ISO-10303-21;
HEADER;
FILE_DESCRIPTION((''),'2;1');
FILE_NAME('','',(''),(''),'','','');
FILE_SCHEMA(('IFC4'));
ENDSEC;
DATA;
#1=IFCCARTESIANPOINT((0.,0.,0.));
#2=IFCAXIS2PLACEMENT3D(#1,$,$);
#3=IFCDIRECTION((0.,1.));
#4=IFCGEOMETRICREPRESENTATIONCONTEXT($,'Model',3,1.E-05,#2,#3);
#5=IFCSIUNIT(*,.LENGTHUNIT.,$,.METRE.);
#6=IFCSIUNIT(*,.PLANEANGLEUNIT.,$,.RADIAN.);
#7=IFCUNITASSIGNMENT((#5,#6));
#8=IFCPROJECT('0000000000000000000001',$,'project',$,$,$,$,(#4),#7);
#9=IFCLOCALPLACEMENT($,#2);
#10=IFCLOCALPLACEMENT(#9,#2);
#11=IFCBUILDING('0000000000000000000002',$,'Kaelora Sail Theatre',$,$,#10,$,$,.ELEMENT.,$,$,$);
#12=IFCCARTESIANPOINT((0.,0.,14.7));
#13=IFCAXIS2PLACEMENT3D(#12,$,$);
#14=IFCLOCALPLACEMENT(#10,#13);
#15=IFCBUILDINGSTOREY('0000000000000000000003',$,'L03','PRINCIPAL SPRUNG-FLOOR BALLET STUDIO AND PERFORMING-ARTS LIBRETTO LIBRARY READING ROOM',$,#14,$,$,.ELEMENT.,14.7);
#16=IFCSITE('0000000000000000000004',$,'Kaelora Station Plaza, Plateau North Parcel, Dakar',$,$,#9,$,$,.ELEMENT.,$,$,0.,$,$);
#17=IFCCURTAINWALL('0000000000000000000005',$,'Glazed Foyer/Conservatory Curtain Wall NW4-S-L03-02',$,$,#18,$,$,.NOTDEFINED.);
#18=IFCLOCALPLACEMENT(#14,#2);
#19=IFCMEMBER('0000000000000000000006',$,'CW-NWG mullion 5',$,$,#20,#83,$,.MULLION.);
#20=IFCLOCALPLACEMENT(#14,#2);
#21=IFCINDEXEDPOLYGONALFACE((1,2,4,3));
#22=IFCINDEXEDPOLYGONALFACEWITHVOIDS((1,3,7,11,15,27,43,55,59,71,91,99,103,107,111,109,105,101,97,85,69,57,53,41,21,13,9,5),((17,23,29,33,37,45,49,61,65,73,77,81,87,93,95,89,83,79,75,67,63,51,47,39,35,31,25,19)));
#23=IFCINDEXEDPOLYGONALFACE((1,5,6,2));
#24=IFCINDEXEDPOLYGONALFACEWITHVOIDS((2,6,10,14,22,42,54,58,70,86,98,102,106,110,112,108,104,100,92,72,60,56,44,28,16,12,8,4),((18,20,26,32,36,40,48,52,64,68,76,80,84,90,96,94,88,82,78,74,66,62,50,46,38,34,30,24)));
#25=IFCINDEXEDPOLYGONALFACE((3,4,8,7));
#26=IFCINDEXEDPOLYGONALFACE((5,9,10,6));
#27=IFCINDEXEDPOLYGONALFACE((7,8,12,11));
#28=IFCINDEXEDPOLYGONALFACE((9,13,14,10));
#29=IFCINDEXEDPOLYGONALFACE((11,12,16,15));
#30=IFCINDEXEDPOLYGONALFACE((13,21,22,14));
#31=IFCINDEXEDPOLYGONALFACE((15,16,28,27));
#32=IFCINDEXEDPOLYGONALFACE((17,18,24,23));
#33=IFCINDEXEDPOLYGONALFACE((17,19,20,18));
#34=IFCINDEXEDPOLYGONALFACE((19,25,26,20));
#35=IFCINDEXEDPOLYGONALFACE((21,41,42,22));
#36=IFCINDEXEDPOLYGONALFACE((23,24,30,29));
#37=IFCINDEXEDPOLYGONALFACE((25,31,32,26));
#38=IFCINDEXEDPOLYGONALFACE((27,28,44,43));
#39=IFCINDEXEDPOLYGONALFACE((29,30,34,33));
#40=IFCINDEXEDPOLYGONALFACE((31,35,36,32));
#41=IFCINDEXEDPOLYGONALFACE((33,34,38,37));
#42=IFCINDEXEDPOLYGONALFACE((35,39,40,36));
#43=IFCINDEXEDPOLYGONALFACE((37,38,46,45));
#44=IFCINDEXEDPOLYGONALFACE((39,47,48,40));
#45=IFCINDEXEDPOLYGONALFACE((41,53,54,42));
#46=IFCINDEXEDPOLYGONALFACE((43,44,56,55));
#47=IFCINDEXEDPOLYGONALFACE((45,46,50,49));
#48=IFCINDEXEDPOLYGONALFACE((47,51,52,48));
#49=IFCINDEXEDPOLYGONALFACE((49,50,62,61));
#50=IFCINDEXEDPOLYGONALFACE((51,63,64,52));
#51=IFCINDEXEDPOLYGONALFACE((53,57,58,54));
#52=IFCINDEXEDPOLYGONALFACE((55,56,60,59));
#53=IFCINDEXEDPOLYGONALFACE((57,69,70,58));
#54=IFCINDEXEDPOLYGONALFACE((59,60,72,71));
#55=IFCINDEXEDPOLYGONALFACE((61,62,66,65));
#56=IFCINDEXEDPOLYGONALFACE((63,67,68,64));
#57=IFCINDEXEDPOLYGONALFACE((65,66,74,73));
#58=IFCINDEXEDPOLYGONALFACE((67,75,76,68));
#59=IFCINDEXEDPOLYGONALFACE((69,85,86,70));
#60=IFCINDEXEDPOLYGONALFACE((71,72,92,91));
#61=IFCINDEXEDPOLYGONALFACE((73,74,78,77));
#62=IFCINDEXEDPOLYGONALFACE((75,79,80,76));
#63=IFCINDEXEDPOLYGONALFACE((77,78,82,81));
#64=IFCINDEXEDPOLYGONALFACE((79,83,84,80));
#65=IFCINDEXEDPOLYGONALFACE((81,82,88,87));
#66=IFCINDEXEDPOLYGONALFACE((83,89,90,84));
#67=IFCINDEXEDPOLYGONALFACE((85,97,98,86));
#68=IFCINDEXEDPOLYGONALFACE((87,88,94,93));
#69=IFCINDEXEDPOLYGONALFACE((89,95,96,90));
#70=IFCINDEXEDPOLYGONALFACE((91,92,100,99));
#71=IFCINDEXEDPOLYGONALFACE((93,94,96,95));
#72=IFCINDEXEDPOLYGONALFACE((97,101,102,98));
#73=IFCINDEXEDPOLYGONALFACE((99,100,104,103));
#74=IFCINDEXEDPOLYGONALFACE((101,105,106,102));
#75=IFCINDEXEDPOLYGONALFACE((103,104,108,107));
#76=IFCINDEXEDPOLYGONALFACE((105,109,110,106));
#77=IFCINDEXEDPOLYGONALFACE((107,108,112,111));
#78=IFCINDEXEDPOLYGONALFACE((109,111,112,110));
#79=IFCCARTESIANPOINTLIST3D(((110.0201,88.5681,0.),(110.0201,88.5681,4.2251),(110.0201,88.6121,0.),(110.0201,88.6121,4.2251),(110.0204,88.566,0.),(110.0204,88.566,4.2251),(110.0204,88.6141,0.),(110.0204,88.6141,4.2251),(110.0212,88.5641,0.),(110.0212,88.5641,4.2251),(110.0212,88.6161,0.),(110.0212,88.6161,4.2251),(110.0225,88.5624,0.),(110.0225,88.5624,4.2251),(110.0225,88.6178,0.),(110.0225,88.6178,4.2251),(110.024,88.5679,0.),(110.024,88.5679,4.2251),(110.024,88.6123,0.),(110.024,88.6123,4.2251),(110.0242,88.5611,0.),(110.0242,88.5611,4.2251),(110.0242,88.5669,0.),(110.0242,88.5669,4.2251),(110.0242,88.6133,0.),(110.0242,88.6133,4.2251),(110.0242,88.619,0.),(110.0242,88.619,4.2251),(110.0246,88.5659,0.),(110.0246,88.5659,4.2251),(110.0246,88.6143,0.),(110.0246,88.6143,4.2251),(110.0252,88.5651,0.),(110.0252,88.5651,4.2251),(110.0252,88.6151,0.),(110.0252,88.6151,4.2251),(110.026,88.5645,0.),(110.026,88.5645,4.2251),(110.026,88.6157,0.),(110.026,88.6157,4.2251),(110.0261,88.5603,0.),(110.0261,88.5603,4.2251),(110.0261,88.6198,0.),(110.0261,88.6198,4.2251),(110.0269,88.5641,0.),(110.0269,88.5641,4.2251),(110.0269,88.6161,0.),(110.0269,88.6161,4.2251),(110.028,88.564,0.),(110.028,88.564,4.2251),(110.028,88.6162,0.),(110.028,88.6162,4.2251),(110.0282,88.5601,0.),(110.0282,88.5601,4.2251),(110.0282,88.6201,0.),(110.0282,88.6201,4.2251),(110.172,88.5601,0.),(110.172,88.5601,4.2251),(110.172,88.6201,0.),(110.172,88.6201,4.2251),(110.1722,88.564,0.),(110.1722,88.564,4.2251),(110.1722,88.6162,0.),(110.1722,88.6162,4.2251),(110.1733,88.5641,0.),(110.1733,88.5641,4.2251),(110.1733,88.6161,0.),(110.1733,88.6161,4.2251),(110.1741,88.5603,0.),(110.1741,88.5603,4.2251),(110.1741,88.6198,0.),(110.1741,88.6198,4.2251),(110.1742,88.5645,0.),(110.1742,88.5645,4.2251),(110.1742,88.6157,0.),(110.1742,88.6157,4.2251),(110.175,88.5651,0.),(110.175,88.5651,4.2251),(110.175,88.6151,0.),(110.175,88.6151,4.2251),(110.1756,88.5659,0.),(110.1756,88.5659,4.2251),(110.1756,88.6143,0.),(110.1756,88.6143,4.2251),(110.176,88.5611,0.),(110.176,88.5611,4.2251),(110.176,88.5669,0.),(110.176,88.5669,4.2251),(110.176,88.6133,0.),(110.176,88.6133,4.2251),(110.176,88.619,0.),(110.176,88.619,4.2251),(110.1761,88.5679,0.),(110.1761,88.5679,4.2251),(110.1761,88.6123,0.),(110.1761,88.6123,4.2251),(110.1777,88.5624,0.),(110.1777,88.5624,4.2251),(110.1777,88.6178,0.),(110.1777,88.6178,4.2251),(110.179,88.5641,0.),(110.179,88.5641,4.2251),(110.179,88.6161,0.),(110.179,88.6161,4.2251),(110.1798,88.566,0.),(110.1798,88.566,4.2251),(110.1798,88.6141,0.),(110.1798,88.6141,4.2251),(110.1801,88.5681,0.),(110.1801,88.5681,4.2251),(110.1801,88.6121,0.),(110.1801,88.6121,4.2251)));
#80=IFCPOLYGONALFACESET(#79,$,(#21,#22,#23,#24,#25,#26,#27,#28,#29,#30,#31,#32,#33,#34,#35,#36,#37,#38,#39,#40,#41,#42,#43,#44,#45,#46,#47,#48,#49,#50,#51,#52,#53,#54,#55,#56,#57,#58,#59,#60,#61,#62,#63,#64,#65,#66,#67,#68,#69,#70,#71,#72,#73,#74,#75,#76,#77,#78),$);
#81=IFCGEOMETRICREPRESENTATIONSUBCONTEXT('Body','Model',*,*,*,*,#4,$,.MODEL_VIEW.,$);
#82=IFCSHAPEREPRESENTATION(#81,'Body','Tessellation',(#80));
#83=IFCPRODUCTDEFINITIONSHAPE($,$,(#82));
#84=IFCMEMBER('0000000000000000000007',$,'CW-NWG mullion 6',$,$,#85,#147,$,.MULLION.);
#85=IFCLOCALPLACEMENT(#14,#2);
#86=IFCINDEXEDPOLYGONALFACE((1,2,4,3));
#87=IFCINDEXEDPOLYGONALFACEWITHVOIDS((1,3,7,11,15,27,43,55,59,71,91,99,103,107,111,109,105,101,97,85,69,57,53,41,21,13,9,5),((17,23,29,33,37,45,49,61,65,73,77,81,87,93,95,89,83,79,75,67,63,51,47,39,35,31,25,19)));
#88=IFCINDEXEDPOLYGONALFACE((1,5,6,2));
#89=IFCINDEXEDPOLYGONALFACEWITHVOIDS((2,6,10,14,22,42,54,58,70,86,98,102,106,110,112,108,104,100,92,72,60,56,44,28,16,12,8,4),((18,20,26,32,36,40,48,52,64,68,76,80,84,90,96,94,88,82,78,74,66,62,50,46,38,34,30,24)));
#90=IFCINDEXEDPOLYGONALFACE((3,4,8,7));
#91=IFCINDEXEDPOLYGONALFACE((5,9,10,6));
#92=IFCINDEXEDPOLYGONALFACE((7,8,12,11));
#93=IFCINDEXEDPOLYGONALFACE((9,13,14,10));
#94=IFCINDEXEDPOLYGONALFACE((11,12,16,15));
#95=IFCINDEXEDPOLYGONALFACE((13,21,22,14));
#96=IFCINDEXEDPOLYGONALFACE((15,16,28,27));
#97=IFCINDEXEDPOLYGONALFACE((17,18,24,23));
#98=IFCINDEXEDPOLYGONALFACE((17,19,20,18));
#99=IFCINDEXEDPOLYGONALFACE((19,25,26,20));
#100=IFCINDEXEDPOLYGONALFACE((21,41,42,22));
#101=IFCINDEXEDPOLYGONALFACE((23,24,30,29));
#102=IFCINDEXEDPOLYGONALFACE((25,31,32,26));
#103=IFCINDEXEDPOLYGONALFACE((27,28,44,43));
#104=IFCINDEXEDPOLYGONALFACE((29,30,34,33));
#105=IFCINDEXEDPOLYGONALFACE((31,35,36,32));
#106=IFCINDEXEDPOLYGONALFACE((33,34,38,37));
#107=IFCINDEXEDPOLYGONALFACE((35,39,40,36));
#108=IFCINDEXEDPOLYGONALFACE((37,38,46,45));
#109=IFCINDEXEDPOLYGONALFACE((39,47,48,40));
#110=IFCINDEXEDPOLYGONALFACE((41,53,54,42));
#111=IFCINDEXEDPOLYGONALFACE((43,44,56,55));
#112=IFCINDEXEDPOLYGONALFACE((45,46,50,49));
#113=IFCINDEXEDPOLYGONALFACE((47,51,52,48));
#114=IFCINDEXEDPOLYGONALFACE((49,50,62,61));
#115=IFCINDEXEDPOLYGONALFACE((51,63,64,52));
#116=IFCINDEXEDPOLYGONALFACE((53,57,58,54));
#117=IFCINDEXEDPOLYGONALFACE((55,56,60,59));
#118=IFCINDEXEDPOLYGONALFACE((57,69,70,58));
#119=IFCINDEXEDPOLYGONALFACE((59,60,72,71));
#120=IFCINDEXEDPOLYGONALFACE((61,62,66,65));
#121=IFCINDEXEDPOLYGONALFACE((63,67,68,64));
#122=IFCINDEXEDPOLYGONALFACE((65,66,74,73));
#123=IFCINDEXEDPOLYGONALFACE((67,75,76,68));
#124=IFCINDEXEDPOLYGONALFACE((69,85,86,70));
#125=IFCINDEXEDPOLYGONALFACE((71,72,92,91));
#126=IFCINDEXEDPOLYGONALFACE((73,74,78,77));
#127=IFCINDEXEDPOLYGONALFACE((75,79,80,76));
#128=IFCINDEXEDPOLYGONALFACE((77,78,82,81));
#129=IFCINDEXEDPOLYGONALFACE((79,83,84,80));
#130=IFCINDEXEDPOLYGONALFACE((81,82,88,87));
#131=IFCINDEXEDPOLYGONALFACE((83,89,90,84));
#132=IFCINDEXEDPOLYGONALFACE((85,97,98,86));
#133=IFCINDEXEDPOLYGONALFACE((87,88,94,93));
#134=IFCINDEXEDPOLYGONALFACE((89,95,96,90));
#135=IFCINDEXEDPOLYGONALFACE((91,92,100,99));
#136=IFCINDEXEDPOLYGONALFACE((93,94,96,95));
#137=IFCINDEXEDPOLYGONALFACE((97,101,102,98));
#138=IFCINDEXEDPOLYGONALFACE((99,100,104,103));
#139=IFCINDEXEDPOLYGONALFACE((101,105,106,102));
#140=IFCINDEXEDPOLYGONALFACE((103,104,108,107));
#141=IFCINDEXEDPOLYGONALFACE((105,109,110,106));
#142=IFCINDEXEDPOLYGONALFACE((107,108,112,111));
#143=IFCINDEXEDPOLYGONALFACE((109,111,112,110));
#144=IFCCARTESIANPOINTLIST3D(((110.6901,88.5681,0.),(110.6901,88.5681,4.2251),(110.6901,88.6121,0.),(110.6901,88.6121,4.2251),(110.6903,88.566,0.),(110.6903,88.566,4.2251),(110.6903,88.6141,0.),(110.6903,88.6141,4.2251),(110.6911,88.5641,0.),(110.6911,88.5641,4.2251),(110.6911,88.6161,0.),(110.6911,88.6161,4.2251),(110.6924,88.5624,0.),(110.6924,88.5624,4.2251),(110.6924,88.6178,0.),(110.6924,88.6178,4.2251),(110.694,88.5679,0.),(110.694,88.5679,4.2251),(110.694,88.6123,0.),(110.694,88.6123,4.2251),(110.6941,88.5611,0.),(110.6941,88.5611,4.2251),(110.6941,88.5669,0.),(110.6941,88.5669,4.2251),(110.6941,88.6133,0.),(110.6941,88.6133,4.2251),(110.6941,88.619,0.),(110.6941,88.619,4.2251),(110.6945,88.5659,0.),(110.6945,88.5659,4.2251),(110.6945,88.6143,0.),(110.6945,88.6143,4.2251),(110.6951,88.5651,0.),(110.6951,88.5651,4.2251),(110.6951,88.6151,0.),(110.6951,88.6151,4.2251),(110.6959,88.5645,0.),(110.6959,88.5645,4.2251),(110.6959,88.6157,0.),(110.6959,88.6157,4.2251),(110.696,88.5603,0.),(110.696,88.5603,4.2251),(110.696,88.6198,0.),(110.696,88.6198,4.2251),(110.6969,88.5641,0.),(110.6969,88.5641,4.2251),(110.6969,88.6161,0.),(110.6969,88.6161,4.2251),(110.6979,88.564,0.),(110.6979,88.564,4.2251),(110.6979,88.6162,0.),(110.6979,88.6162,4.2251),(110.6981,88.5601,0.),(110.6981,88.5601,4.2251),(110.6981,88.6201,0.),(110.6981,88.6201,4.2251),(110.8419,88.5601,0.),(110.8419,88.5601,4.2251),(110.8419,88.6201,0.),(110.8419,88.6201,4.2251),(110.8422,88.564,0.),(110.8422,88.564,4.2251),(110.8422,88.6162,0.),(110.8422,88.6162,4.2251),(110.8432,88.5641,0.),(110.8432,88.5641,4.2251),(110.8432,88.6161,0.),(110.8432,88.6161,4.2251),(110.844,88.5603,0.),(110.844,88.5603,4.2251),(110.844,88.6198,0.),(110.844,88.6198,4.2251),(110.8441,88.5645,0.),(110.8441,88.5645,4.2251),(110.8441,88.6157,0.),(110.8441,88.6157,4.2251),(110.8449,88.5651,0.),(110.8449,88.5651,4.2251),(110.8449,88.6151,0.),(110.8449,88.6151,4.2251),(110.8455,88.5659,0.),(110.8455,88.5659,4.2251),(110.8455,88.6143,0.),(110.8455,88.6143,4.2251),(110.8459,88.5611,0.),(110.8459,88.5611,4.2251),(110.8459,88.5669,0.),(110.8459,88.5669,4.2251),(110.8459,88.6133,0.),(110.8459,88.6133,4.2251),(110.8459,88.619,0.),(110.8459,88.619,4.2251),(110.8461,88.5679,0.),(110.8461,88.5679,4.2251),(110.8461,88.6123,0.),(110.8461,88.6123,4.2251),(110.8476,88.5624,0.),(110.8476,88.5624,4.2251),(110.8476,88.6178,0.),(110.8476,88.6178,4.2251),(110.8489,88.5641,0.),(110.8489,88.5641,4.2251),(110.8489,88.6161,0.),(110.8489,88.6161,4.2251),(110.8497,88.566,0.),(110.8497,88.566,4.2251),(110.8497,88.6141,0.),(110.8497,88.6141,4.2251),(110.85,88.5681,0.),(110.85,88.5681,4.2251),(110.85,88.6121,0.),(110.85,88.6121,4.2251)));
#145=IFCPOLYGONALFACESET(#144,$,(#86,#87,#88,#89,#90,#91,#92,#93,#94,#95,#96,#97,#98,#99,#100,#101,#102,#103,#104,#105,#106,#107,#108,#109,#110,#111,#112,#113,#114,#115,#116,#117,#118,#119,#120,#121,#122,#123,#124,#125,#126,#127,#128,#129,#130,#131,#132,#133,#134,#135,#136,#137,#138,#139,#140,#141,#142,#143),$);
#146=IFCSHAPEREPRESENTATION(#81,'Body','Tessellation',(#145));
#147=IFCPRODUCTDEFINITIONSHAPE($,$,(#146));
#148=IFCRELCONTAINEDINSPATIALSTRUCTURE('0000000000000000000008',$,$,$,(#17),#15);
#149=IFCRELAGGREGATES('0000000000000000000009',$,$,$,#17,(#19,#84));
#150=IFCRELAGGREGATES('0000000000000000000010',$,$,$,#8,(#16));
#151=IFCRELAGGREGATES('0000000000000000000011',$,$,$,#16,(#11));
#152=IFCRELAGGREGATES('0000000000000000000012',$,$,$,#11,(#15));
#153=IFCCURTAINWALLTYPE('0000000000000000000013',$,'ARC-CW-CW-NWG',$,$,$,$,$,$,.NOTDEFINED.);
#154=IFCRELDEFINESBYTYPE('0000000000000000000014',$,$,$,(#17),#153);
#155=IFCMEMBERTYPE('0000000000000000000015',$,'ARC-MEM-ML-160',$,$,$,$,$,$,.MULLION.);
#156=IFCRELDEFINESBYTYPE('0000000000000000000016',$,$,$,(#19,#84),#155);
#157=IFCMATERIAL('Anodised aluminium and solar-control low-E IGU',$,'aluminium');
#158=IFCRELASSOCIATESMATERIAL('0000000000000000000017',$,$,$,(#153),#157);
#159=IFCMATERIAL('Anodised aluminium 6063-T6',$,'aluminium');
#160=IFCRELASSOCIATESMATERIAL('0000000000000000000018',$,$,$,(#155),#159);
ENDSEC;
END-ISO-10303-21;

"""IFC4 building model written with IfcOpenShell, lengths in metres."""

from ifc_helpers import new_model, si_unit, direction, frame, origin, origin_2d, place, context, subcontext, project, spatial, hollow_rectangle, extrude, material, material_profile, profile_set, type_object, element, aggregate, save


model = new_model("IFC4")

# Units and contexts
model_context = context("Model", 3, precision=1e-05, world=origin(), true_north=direction((0.0, 1.0)))
body_context = subcontext(model_context, "Body", "Model", "MODEL_VIEW")
ifc_project = project(units=[si_unit("LENGTHUNIT", "METRE"), si_unit("PLANEANGLEUNIT", "RADIAN")], contexts=[model_context])

# Site, building, storey
site_placement = place(None, origin())
site = spatial("IfcSite", under=ifc_project, at=site_placement, Name="Kaelora Station Plaza, Plateau North Parcel, Dakar", CompositionType="ELEMENT", RefElevation=0.0)
building_placement = place(site_placement, origin())
building = spatial("IfcBuilding", under=site, at=building_placement, Name="Kaelora Sail Theatre", CompositionType="ELEMENT")
storey_placement = place(building_placement, frame((0.0, 0.0, 14.7)))
storey = spatial("IfcBuildingStorey", under=building, at=storey_placement, Name="L03", Description="PRINCIPAL SPRUNG-FLOOR BALLET STUDIO AND PERFORMING-ARTS LIBRETTO LIBRARY READING ROOM", CompositionType="ELEMENT", Elevation=14.7)

# Curtain wall, members
ifc_material_1 = material(Name="Anodised aluminium and solar-control low-E IGU", Category="aluminium")
curtain_wall_type = type_object("IfcCurtainWallType", Name="ARC-CW-CW-NWG", PredefinedType="NOTDEFINED", material=ifc_material_1)
curtain_wall_1_placement = place(storey_placement, origin())
curtain_wall_1 = element("IfcCurtainWall", 1, at=curtain_wall_1_placement, inside=storey, type_object=curtain_wall_type, Name="Glazed Foyer/Conservatory Curtain Wall NW4-S-L03-02", PredefinedType="NOTDEFINED")
ifc_material_2 = material(Name="Anodised aluminium 6063-T6", Category="aluminium")
ifc_material_profile_1 = material_profile(ifc_material_2, hollow_rectangle(XDim=0.0601, YDim=0.1599, WallThickness=0.0039, InnerFilletRadius=0.0039, OuterFilletRadius=0.0081, at=origin_2d()), Name="ALU-MULL 60x160x4")
ifc_profile_set_1 = profile_set([ifc_material_profile_1], Name="Anodised aluminium 6063-T6")
member_type_1 = type_object("IfcMemberType", Name="ARC-MEM-ML-160", PredefinedType="MULLION", material=ifc_profile_set_1)
member_1_placement = place(storey_placement, frame((110.1001, 88.5901, 0.0), z_axis=(0.0, 0.0, 1.0), x_axis=(0.0, 1.0, 0.0)))
member_1 = element("IfcMember", 2, at=member_1_placement, type_object=member_type_1, Name="CW-NWG mullion 5", PredefinedType="MULLION", context=body_context, shape_type="SweptSolid", body=[
    extrude(hollow_rectangle(XDim=0.0601, YDim=0.1599, WallThickness=0.0039, InnerFilletRadius=0.0039, OuterFilletRadius=0.0081, at=origin_2d()), origin(), (0.0, 0.0, 1.0), 4.2251),
])
member_2_placement = place(storey_placement, frame((110.77, 88.5901, 0.0), z_axis=(0.0, 0.0, 1.0), x_axis=(0.0, 1.0, 0.0)))
member_2 = element("IfcMember", 3, at=member_2_placement, type_object=member_type_1, Name="CW-NWG mullion 6", PredefinedType="MULLION", context=body_context, shape_type="SweptSolid", body=[
    extrude(hollow_rectangle(XDim=0.0601, YDim=0.1599, WallThickness=0.0039, InnerFilletRadius=0.0039, OuterFilletRadius=0.0081, at=origin_2d()), origin(), (0.0, 0.0, 1.0), 4.2251),
])

aggregate(curtain_wall_1, [member_1, member_2])

save(model, "model.ifc")
